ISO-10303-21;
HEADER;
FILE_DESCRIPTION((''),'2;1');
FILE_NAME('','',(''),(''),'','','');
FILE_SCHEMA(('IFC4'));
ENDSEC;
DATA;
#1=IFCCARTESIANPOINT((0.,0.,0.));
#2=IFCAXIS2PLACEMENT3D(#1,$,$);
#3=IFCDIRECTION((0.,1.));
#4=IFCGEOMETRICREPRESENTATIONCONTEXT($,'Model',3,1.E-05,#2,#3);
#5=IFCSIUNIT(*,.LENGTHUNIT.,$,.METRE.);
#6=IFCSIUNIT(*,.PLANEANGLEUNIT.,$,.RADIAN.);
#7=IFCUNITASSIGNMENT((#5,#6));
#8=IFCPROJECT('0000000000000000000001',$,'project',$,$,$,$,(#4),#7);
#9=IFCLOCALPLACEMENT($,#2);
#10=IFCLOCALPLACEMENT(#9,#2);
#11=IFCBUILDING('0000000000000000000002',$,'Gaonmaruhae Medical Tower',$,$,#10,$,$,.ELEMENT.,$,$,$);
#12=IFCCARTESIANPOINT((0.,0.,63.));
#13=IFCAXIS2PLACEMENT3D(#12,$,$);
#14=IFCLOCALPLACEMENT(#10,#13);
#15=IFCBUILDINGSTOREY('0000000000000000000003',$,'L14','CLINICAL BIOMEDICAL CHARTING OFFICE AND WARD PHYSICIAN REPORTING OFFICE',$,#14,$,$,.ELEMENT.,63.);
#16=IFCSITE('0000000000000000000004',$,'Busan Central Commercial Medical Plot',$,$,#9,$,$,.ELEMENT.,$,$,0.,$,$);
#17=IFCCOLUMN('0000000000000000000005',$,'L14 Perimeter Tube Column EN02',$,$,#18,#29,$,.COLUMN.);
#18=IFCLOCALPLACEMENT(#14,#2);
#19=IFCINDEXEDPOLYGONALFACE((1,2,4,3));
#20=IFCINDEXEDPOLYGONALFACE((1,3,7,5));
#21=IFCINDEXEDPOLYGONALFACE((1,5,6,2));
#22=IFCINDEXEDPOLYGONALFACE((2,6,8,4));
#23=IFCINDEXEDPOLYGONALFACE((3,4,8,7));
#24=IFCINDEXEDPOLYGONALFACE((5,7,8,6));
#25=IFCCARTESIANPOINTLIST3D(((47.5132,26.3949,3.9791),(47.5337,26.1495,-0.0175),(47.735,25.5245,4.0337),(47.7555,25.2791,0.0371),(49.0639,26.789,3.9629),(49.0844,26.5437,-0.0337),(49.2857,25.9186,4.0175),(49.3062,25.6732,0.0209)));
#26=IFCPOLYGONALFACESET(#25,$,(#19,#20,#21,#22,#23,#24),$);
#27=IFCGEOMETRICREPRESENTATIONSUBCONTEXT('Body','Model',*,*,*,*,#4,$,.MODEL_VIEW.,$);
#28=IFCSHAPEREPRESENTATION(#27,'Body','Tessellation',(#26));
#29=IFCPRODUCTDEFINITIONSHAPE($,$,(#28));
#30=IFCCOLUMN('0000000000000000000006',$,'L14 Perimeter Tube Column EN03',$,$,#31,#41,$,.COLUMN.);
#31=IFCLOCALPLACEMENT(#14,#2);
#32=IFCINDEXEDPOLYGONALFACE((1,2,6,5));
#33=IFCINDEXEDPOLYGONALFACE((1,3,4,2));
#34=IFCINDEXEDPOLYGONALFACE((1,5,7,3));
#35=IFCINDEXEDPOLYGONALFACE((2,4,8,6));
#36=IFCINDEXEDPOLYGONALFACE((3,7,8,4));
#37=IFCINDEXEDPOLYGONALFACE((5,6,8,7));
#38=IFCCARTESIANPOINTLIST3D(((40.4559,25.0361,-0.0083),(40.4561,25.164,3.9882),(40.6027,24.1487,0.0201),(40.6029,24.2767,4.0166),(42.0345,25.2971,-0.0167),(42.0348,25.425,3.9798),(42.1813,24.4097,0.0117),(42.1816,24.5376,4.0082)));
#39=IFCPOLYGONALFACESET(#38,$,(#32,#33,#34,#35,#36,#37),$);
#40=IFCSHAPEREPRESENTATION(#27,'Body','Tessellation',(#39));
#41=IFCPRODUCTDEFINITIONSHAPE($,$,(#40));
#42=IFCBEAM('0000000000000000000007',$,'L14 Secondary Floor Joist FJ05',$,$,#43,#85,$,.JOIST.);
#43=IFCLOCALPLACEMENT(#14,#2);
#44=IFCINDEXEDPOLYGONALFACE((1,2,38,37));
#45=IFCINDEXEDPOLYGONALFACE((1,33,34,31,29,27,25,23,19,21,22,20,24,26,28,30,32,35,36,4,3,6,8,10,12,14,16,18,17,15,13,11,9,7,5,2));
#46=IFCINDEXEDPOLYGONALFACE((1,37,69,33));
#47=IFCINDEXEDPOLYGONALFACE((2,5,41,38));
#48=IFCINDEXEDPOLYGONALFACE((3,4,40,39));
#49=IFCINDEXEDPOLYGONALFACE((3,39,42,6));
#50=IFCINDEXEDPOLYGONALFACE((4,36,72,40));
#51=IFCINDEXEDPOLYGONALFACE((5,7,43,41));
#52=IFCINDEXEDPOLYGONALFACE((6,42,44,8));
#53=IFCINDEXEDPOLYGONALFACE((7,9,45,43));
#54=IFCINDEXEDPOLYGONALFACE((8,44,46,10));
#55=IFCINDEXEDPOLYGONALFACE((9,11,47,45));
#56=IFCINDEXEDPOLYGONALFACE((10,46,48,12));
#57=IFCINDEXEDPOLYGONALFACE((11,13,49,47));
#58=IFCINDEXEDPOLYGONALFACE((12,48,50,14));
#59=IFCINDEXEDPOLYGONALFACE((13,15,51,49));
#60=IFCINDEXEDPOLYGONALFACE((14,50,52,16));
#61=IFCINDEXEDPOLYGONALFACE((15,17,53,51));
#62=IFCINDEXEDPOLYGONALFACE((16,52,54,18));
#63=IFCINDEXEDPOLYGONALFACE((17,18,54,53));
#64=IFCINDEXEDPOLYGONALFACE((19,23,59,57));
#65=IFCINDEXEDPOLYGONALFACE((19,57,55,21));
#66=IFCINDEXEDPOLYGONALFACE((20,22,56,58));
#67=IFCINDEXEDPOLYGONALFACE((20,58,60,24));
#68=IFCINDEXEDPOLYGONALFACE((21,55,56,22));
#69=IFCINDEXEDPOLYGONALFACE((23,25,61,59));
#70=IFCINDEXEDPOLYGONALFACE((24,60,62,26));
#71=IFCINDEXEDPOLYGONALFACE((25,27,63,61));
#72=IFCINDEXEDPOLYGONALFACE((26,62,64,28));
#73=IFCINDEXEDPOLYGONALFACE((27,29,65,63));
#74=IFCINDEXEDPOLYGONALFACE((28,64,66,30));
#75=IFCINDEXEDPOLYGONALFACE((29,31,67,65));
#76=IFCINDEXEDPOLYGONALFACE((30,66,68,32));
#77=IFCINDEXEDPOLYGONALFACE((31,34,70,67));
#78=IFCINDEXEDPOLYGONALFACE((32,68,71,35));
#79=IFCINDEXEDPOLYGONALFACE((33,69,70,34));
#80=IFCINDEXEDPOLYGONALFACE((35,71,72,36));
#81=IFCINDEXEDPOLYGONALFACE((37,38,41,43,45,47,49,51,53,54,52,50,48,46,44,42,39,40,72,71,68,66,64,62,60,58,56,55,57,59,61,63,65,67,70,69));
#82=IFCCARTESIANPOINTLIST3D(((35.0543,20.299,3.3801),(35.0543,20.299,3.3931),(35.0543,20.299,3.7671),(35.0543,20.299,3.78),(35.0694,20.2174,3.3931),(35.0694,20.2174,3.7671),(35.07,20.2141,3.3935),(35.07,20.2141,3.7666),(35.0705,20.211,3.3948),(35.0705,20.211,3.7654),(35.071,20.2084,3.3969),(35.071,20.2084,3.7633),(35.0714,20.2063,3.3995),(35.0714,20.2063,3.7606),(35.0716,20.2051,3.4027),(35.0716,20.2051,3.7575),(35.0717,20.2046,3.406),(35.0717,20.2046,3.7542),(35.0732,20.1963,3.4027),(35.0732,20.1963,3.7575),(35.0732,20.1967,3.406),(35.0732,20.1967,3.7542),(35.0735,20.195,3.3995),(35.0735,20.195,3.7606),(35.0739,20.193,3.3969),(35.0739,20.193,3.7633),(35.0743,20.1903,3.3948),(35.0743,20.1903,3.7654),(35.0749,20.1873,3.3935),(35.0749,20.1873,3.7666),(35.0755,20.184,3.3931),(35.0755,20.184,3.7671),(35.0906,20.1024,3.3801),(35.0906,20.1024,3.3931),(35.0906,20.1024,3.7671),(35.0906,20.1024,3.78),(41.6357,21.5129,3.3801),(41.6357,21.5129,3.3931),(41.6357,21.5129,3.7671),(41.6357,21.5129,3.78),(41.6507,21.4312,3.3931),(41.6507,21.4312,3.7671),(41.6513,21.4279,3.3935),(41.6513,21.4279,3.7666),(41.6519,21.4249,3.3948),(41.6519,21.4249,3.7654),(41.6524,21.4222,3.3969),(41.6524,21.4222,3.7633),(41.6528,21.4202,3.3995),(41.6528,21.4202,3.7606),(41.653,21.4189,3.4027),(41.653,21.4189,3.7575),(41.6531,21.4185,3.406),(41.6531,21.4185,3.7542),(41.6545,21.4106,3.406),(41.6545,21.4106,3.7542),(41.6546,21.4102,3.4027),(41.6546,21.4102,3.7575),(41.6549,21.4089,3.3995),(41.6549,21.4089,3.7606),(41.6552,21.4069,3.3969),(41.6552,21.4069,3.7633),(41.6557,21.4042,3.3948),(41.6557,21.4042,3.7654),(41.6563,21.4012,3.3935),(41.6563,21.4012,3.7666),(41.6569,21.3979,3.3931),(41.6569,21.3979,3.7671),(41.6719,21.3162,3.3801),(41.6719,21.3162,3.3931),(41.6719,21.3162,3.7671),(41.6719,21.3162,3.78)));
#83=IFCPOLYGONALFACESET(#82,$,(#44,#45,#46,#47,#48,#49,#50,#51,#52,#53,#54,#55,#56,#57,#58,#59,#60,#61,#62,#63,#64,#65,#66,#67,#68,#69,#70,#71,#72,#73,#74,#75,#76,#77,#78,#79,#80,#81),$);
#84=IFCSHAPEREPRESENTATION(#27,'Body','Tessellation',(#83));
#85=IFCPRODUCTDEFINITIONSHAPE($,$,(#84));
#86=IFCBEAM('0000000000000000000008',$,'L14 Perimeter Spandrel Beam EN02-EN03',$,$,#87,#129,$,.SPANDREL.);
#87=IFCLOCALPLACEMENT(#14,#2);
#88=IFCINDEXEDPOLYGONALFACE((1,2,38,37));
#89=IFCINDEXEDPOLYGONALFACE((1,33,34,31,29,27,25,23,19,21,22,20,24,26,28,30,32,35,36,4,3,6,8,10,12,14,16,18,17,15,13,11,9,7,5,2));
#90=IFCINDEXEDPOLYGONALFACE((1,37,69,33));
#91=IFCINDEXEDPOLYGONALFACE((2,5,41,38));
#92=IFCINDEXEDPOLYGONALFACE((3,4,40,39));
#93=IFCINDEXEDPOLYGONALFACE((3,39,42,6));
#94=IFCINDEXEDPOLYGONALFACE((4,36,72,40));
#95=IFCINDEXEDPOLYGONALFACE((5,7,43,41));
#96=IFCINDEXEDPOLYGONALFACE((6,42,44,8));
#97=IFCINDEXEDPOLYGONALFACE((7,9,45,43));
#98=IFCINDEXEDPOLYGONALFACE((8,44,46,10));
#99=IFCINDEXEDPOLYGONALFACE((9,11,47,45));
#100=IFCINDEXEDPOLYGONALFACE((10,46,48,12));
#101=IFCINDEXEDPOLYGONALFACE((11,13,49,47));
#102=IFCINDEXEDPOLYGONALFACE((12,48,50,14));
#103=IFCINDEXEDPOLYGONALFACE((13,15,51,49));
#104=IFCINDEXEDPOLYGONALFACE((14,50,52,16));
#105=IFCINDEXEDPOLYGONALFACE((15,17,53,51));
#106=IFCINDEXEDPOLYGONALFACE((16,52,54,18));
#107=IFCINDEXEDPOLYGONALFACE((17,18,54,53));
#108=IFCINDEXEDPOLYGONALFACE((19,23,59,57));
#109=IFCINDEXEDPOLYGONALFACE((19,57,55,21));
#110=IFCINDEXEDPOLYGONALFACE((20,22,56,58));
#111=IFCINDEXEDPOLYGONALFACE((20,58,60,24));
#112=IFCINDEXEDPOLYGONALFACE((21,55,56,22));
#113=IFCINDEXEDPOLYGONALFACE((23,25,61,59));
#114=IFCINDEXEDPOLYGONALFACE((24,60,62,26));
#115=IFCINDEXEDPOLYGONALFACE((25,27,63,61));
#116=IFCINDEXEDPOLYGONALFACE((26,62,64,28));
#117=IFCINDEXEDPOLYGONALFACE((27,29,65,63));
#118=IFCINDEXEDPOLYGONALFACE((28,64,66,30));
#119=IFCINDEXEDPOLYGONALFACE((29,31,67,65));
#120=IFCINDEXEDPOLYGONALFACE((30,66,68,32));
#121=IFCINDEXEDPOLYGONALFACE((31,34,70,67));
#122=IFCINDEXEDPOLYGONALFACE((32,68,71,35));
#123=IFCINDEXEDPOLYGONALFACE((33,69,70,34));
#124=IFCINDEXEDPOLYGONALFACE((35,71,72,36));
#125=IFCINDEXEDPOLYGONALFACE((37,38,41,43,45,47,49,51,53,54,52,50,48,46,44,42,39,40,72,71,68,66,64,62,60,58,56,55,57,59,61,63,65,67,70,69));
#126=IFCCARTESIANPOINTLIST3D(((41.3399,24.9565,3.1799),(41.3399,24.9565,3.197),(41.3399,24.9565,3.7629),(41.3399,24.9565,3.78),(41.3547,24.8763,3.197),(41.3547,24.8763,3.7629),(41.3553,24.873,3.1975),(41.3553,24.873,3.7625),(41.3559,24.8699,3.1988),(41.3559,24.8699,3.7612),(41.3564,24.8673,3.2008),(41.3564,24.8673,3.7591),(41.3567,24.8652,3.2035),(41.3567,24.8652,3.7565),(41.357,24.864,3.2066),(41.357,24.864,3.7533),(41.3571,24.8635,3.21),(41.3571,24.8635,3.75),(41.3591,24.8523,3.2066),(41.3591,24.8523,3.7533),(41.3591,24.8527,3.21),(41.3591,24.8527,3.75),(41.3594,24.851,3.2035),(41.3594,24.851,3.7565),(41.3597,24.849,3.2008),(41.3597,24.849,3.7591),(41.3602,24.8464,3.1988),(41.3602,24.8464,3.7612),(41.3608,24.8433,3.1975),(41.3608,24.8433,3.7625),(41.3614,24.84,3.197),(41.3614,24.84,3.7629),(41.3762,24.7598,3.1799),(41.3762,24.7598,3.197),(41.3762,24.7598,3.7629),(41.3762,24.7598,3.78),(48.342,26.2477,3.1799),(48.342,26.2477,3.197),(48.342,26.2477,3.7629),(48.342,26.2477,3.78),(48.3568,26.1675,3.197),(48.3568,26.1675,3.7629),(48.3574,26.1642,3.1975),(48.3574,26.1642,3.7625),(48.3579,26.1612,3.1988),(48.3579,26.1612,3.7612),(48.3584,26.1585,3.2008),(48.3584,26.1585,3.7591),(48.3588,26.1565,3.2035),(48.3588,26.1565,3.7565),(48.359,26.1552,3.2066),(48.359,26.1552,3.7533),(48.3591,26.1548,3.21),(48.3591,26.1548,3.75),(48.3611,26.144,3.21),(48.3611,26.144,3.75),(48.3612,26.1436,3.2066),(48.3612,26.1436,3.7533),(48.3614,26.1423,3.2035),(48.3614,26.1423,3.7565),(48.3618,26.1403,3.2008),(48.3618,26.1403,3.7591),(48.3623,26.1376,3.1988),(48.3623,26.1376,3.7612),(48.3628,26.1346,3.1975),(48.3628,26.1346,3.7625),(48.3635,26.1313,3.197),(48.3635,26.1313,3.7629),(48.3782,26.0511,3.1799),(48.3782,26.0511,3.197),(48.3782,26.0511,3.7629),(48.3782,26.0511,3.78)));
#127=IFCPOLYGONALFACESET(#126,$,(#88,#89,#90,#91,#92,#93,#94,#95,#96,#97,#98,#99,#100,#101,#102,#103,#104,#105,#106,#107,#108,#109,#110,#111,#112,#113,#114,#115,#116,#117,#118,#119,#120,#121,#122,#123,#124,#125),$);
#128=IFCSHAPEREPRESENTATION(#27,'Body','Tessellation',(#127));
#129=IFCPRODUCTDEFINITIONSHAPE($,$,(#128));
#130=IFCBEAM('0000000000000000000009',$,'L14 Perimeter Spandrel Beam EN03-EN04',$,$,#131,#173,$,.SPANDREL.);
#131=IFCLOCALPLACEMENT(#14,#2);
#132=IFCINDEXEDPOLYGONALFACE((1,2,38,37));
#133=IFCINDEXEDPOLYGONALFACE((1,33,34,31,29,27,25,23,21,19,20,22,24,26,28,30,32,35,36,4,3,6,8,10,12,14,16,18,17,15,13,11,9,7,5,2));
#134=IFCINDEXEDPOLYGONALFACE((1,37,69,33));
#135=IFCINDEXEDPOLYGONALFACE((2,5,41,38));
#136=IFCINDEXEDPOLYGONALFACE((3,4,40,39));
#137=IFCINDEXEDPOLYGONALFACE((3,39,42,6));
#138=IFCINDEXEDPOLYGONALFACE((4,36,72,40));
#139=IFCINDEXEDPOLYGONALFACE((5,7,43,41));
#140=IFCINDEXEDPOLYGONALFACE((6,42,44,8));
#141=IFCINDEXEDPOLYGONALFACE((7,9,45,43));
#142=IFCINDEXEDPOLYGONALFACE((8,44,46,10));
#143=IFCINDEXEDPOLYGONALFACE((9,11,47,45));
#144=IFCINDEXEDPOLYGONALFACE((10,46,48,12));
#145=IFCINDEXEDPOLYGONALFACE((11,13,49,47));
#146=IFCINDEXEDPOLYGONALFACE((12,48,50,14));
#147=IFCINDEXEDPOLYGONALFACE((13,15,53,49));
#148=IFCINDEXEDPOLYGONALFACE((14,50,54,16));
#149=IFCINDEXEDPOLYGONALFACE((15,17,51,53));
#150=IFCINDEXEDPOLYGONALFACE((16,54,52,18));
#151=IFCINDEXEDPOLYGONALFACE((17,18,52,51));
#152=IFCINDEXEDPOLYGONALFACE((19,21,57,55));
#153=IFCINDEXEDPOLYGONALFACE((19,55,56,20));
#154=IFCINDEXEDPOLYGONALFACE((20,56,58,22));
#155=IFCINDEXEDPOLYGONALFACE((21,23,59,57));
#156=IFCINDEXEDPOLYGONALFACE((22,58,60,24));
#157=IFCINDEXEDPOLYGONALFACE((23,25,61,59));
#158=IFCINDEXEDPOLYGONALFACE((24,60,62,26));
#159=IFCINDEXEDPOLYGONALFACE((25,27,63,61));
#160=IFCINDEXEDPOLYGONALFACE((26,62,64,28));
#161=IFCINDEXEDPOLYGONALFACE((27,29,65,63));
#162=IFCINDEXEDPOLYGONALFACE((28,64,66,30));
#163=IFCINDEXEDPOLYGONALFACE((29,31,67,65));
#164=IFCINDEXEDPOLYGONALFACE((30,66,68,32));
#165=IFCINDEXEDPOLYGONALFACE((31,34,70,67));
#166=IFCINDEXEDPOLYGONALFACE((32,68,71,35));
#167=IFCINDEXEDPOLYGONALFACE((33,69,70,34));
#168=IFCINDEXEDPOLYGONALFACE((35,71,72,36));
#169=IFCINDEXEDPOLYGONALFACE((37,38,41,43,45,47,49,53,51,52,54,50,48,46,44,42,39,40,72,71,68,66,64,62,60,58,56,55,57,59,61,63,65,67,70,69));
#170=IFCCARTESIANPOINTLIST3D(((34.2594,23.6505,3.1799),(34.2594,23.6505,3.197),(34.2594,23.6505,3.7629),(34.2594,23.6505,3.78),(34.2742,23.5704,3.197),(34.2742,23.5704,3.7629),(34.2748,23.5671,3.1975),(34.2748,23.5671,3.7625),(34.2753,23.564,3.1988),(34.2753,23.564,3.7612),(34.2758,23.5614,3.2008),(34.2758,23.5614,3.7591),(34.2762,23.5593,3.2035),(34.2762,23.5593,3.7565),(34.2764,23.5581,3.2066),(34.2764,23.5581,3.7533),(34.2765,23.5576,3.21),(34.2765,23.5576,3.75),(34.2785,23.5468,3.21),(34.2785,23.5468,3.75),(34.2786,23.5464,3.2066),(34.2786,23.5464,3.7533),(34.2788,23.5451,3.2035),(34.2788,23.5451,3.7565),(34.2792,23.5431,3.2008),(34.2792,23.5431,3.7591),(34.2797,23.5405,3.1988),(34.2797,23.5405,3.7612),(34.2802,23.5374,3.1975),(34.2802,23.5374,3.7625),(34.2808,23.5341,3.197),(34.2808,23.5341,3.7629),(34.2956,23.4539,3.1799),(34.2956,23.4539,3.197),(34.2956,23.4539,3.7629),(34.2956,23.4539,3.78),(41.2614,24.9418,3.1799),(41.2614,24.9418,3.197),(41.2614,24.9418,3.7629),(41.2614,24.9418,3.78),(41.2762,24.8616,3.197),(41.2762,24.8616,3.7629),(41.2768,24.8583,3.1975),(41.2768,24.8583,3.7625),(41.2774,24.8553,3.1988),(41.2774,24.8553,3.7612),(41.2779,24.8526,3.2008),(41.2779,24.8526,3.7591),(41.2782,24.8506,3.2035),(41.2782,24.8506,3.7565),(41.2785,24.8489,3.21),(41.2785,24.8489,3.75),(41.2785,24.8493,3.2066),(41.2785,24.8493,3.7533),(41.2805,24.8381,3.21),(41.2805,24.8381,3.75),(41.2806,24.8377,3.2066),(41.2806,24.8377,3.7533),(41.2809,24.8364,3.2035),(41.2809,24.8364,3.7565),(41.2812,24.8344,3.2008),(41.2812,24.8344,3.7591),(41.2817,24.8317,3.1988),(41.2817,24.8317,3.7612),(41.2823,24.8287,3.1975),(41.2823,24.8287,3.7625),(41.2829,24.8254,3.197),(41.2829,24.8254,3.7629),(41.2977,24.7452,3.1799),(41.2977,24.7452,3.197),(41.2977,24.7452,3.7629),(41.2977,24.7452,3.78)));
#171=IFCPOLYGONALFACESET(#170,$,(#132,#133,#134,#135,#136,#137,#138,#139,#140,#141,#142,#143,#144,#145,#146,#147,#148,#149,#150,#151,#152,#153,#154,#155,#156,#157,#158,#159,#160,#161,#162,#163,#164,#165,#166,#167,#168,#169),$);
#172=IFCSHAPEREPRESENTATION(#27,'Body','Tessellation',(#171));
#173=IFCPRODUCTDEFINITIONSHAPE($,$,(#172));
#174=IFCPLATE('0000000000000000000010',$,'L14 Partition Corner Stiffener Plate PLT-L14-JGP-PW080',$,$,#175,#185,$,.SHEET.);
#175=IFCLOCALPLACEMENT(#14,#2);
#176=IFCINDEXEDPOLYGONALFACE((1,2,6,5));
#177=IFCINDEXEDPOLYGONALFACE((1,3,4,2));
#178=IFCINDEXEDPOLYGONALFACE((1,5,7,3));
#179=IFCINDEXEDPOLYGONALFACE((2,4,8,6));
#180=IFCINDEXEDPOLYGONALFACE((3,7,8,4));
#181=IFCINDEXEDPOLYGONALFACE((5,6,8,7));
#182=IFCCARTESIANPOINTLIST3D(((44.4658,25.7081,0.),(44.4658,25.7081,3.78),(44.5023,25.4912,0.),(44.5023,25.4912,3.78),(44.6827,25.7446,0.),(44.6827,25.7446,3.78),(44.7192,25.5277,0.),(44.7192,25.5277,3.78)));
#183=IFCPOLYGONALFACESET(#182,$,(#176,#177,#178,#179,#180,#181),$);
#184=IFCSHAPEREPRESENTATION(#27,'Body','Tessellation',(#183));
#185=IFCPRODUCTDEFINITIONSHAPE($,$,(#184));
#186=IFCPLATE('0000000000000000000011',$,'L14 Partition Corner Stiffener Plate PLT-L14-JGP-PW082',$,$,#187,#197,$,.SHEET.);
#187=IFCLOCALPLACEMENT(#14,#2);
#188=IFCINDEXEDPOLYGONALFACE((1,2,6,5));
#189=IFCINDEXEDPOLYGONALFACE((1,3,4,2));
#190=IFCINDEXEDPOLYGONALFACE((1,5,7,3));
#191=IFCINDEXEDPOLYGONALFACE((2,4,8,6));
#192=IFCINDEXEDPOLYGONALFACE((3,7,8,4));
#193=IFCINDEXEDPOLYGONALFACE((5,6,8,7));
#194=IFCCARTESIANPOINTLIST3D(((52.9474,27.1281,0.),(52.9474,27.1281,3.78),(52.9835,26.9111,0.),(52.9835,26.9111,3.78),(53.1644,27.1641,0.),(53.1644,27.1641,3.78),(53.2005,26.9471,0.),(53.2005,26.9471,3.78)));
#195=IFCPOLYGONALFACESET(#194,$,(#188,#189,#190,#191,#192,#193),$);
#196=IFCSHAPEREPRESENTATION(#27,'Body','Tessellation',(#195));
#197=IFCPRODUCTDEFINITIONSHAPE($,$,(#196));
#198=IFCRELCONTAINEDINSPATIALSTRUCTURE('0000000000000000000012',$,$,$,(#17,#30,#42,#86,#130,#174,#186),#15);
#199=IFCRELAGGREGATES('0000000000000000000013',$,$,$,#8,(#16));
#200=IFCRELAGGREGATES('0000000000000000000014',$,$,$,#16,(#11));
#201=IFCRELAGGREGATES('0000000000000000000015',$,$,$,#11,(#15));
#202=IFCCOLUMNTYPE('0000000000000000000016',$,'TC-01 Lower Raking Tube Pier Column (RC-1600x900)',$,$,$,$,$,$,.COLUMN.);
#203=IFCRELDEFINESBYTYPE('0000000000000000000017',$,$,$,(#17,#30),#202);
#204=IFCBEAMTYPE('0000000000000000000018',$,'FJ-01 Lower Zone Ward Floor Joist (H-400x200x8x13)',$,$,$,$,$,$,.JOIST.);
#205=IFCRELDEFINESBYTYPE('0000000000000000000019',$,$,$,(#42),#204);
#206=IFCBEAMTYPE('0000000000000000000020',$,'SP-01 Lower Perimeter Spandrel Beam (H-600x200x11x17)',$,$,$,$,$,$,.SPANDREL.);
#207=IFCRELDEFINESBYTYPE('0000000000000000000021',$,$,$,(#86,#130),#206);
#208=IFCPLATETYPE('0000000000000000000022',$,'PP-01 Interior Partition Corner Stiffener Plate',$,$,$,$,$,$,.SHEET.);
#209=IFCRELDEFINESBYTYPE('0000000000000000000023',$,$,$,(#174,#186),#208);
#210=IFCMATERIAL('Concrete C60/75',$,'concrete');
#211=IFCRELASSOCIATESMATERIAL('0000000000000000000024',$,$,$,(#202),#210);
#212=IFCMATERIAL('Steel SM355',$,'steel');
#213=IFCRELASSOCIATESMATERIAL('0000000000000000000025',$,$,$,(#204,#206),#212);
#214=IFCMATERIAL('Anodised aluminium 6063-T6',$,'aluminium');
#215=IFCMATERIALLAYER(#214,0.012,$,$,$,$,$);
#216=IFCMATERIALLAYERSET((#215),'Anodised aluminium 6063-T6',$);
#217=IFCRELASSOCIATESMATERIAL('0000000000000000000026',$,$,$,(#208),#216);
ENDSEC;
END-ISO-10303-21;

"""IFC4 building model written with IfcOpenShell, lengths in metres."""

from ifc_helpers import new_model, si_unit, direction, frame, origin, origin_2d, place, context, subcontext, project, spatial, rectangle, i_section, extrude, material, layer, layer_set, material_profile, profile_set, type_object, element, save


model = new_model("IFC4")

# Units and contexts
model_context = context("Model", 3, precision=1e-05, world=origin(), true_north=direction((0.0, 1.0)))
body_context = subcontext(model_context, "Body", "Model", "MODEL_VIEW")
ifc_project = project(units=[si_unit("LENGTHUNIT", "METRE"), si_unit("PLANEANGLEUNIT", "RADIAN")], contexts=[model_context])

# Site, building, storey
site_placement = place(None, origin())
site = spatial("IfcSite", under=ifc_project, at=site_placement, Name="Busan Central Commercial Medical Plot", CompositionType="ELEMENT", RefElevation=0.0)
building_placement = place(site_placement, origin())
building = spatial("IfcBuilding", under=site, at=building_placement, Name="Gaonmaruhae Medical Tower", CompositionType="ELEMENT")
storey_placement = place(building_placement, frame((0.0, 0.0, 63.0)))
storey = spatial("IfcBuildingStorey", under=building, at=storey_placement, Name="L14", Description="CLINICAL BIOMEDICAL CHARTING OFFICE AND WARD PHYSICIAN REPORTING OFFICE", CompositionType="ELEMENT", Elevation=63.0)

# Columns
ifc_material_1 = material(Name="Concrete C60/75", Category="concrete")
ifc_material_profile_1 = material_profile(ifc_material_1, rectangle(XDim=1.6001, YDim=0.8999, at=origin_2d()), Name="RC-1600x900")
ifc_profile_set_1 = profile_set([ifc_material_profile_1], Name="Concrete C60/75")
column_type = type_object("IfcColumnType", Name="TC-01 Lower Raking Tube Pier Column (RC-1600x900)", PredefinedType="COLUMN", material=ifc_profile_set_1)
column_1_placement = place(storey_placement, frame((48.4199, 25.9114, 0.0017), z_axis=(-0.005122, 0.061277, 0.998108), x_axis=(-0.969137, -0.246312, 0.010149)))
element("IfcColumn", 1, at=column_1_placement, inside=storey, type_object=column_type, Name="L14 Perimeter Tube Column EN02", PredefinedType="COLUMN", context=body_context, shape_type="SweptSolid", body=[
    extrude(rectangle(XDim=1.6001, YDim=0.8999, at=origin_2d()), origin(), (0.0, 0.0, 1.0), 4.0042),
])
column_2_placement = place(storey_placement, frame((41.3186, 24.7229, 0.0017), z_axis=(0.000061, 0.031993, 0.999488), x_axis=(-0.986599, -0.163081, 0.00528)))
element("IfcColumn", 2, at=column_2_placement, inside=storey, type_object=column_type, Name="L14 Perimeter Tube Column EN03", PredefinedType="COLUMN", context=body_context, shape_type="SweptSolid", body=[
    extrude(rectangle(XDim=1.6001, YDim=0.8999, at=origin_2d()), origin(), (0.0, 0.0, 1.0), 3.9985),
])

# Beams
ifc_material_2 = material(Name="Steel SM355", Category="steel")
ifc_material_profile_2 = material_profile(ifc_material_2, i_section(OverallWidth=0.2, OverallDepth=0.3999, WebThickness=0.0081, FlangeThickness=0.0129, FilletRadius=0.0129, at=origin_2d()), Name="H-400x200x8x13")
ifc_profile_set_2 = profile_set([ifc_material_profile_2], Name="Steel SM355")
beam_type_1 = type_object("IfcBeamType", Name="FJ-01 Lower Zone Ward Floor Joist (H-400x200x8x13)", PredefinedType="JOIST", material=ifc_profile_set_2)
beam_placement = place(storey_placement, frame((41.6538, 21.4146, 3.5801), z_axis=(-0.983413, -0.181382, 0.0), x_axis=(0.181382, -0.983413, 0.0)))
element("IfcBeam", 3, at=beam_placement, inside=storey, type_object=beam_type_1, Name="L14 Secondary Floor Joist FJ05", PredefinedType="JOIST", context=body_context, shape_type="SweptSolid", body=[
    extrude(i_section(OverallWidth=0.2, OverallDepth=0.3999, WebThickness=0.0081, FlangeThickness=0.0129, FilletRadius=0.0129, at=origin_2d()), origin(), (0.0, 0.0, 1.0), 6.6924),
])
ifc_material_profile_3 = material_profile(ifc_material_2, i_section(OverallWidth=0.2, OverallDepth=0.6001, WebThickness=0.011, FlangeThickness=0.0171, FilletRadius=0.0129, at=origin_2d()), Name="H-600x200x11x17")
ifc_profile_set_3 = profile_set([ifc_material_profile_3], Name="Steel SM355")
beam_type_2 = type_object("IfcBeamType", Name="SP-01 Lower Perimeter Spandrel Beam (H-600x200x11x17)", PredefinedType="SPANDREL", material=ifc_profile_set_3)
for number, where, z_axis, x_axis, name in (
    (4, (48.3601, 26.1494, 3.48), (-0.983417, -0.181356, 0.0), (0.181356, -0.983417, 0.0), "L14 Perimeter Spandrel Beam EN02-EN03"),
    (5, (41.2795, 24.8435, 3.48), (-0.983417, -0.181356, 0.0), (0.181356, -0.983417, 0.0), "L14 Perimeter Spandrel Beam EN03-EN04"),
):
    element("IfcBeam", number, at=place(storey_placement, frame(where, z_axis=z_axis, x_axis=x_axis)), inside=storey, type_object=beam_type_2, Name=name, PredefinedType="SPANDREL", context=body_context, shape_type="SweptSolid", body=[
        extrude(i_section(OverallWidth=0.2, OverallDepth=0.6001, WebThickness=0.011, FlangeThickness=0.0171, FilletRadius=0.0129, at=origin_2d()), origin(), (0.0, 0.0, 1.0), 7.1201),
    ])

# Plates
ifc_material_3 = material(Name="Anodised aluminium 6063-T6", Category="aluminium")
ifc_layer_1 = layer(ifc_material_3, 0.012)
ifc_layer_set_1 = layer_set([ifc_layer_1], Name="Anodised aluminium 6063-T6")
plate_type = type_object("IfcPlateType", Name="PP-01 Interior Partition Corner Stiffener Plate", PredefinedType="SHEET", material=ifc_layer_set_1)
for number, where, z_axis, x_axis, name in (
    (6, (44.5925, 25.6179, 0.0), (0.0, 0.0, 1.0), (-0.16596, 0.986133, 0.0), "L14 Partition Corner Stiffener Plate PLT-L14-JGP-PW080"),
    (7, (53.074, 27.0376, 0.0), (0.0, 0.0, 1.0), (0.164015, -0.986458, 0.0), "L14 Partition Corner Stiffener Plate PLT-L14-JGP-PW082"),
):
    element("IfcPlate", number, at=place(storey_placement, frame(where, z_axis=z_axis, x_axis=x_axis)), inside=storey, type_object=plate_type, Name=name, PredefinedType="SHEET", context=body_context, shape_type="SweptSolid", body=[
        extrude(rectangle(XDim=0.22, YDim=0.22, at=origin_2d()), origin(), (0.0, 0.0, 1.0), 3.78),
    ])

save(model, "model.ifc")
